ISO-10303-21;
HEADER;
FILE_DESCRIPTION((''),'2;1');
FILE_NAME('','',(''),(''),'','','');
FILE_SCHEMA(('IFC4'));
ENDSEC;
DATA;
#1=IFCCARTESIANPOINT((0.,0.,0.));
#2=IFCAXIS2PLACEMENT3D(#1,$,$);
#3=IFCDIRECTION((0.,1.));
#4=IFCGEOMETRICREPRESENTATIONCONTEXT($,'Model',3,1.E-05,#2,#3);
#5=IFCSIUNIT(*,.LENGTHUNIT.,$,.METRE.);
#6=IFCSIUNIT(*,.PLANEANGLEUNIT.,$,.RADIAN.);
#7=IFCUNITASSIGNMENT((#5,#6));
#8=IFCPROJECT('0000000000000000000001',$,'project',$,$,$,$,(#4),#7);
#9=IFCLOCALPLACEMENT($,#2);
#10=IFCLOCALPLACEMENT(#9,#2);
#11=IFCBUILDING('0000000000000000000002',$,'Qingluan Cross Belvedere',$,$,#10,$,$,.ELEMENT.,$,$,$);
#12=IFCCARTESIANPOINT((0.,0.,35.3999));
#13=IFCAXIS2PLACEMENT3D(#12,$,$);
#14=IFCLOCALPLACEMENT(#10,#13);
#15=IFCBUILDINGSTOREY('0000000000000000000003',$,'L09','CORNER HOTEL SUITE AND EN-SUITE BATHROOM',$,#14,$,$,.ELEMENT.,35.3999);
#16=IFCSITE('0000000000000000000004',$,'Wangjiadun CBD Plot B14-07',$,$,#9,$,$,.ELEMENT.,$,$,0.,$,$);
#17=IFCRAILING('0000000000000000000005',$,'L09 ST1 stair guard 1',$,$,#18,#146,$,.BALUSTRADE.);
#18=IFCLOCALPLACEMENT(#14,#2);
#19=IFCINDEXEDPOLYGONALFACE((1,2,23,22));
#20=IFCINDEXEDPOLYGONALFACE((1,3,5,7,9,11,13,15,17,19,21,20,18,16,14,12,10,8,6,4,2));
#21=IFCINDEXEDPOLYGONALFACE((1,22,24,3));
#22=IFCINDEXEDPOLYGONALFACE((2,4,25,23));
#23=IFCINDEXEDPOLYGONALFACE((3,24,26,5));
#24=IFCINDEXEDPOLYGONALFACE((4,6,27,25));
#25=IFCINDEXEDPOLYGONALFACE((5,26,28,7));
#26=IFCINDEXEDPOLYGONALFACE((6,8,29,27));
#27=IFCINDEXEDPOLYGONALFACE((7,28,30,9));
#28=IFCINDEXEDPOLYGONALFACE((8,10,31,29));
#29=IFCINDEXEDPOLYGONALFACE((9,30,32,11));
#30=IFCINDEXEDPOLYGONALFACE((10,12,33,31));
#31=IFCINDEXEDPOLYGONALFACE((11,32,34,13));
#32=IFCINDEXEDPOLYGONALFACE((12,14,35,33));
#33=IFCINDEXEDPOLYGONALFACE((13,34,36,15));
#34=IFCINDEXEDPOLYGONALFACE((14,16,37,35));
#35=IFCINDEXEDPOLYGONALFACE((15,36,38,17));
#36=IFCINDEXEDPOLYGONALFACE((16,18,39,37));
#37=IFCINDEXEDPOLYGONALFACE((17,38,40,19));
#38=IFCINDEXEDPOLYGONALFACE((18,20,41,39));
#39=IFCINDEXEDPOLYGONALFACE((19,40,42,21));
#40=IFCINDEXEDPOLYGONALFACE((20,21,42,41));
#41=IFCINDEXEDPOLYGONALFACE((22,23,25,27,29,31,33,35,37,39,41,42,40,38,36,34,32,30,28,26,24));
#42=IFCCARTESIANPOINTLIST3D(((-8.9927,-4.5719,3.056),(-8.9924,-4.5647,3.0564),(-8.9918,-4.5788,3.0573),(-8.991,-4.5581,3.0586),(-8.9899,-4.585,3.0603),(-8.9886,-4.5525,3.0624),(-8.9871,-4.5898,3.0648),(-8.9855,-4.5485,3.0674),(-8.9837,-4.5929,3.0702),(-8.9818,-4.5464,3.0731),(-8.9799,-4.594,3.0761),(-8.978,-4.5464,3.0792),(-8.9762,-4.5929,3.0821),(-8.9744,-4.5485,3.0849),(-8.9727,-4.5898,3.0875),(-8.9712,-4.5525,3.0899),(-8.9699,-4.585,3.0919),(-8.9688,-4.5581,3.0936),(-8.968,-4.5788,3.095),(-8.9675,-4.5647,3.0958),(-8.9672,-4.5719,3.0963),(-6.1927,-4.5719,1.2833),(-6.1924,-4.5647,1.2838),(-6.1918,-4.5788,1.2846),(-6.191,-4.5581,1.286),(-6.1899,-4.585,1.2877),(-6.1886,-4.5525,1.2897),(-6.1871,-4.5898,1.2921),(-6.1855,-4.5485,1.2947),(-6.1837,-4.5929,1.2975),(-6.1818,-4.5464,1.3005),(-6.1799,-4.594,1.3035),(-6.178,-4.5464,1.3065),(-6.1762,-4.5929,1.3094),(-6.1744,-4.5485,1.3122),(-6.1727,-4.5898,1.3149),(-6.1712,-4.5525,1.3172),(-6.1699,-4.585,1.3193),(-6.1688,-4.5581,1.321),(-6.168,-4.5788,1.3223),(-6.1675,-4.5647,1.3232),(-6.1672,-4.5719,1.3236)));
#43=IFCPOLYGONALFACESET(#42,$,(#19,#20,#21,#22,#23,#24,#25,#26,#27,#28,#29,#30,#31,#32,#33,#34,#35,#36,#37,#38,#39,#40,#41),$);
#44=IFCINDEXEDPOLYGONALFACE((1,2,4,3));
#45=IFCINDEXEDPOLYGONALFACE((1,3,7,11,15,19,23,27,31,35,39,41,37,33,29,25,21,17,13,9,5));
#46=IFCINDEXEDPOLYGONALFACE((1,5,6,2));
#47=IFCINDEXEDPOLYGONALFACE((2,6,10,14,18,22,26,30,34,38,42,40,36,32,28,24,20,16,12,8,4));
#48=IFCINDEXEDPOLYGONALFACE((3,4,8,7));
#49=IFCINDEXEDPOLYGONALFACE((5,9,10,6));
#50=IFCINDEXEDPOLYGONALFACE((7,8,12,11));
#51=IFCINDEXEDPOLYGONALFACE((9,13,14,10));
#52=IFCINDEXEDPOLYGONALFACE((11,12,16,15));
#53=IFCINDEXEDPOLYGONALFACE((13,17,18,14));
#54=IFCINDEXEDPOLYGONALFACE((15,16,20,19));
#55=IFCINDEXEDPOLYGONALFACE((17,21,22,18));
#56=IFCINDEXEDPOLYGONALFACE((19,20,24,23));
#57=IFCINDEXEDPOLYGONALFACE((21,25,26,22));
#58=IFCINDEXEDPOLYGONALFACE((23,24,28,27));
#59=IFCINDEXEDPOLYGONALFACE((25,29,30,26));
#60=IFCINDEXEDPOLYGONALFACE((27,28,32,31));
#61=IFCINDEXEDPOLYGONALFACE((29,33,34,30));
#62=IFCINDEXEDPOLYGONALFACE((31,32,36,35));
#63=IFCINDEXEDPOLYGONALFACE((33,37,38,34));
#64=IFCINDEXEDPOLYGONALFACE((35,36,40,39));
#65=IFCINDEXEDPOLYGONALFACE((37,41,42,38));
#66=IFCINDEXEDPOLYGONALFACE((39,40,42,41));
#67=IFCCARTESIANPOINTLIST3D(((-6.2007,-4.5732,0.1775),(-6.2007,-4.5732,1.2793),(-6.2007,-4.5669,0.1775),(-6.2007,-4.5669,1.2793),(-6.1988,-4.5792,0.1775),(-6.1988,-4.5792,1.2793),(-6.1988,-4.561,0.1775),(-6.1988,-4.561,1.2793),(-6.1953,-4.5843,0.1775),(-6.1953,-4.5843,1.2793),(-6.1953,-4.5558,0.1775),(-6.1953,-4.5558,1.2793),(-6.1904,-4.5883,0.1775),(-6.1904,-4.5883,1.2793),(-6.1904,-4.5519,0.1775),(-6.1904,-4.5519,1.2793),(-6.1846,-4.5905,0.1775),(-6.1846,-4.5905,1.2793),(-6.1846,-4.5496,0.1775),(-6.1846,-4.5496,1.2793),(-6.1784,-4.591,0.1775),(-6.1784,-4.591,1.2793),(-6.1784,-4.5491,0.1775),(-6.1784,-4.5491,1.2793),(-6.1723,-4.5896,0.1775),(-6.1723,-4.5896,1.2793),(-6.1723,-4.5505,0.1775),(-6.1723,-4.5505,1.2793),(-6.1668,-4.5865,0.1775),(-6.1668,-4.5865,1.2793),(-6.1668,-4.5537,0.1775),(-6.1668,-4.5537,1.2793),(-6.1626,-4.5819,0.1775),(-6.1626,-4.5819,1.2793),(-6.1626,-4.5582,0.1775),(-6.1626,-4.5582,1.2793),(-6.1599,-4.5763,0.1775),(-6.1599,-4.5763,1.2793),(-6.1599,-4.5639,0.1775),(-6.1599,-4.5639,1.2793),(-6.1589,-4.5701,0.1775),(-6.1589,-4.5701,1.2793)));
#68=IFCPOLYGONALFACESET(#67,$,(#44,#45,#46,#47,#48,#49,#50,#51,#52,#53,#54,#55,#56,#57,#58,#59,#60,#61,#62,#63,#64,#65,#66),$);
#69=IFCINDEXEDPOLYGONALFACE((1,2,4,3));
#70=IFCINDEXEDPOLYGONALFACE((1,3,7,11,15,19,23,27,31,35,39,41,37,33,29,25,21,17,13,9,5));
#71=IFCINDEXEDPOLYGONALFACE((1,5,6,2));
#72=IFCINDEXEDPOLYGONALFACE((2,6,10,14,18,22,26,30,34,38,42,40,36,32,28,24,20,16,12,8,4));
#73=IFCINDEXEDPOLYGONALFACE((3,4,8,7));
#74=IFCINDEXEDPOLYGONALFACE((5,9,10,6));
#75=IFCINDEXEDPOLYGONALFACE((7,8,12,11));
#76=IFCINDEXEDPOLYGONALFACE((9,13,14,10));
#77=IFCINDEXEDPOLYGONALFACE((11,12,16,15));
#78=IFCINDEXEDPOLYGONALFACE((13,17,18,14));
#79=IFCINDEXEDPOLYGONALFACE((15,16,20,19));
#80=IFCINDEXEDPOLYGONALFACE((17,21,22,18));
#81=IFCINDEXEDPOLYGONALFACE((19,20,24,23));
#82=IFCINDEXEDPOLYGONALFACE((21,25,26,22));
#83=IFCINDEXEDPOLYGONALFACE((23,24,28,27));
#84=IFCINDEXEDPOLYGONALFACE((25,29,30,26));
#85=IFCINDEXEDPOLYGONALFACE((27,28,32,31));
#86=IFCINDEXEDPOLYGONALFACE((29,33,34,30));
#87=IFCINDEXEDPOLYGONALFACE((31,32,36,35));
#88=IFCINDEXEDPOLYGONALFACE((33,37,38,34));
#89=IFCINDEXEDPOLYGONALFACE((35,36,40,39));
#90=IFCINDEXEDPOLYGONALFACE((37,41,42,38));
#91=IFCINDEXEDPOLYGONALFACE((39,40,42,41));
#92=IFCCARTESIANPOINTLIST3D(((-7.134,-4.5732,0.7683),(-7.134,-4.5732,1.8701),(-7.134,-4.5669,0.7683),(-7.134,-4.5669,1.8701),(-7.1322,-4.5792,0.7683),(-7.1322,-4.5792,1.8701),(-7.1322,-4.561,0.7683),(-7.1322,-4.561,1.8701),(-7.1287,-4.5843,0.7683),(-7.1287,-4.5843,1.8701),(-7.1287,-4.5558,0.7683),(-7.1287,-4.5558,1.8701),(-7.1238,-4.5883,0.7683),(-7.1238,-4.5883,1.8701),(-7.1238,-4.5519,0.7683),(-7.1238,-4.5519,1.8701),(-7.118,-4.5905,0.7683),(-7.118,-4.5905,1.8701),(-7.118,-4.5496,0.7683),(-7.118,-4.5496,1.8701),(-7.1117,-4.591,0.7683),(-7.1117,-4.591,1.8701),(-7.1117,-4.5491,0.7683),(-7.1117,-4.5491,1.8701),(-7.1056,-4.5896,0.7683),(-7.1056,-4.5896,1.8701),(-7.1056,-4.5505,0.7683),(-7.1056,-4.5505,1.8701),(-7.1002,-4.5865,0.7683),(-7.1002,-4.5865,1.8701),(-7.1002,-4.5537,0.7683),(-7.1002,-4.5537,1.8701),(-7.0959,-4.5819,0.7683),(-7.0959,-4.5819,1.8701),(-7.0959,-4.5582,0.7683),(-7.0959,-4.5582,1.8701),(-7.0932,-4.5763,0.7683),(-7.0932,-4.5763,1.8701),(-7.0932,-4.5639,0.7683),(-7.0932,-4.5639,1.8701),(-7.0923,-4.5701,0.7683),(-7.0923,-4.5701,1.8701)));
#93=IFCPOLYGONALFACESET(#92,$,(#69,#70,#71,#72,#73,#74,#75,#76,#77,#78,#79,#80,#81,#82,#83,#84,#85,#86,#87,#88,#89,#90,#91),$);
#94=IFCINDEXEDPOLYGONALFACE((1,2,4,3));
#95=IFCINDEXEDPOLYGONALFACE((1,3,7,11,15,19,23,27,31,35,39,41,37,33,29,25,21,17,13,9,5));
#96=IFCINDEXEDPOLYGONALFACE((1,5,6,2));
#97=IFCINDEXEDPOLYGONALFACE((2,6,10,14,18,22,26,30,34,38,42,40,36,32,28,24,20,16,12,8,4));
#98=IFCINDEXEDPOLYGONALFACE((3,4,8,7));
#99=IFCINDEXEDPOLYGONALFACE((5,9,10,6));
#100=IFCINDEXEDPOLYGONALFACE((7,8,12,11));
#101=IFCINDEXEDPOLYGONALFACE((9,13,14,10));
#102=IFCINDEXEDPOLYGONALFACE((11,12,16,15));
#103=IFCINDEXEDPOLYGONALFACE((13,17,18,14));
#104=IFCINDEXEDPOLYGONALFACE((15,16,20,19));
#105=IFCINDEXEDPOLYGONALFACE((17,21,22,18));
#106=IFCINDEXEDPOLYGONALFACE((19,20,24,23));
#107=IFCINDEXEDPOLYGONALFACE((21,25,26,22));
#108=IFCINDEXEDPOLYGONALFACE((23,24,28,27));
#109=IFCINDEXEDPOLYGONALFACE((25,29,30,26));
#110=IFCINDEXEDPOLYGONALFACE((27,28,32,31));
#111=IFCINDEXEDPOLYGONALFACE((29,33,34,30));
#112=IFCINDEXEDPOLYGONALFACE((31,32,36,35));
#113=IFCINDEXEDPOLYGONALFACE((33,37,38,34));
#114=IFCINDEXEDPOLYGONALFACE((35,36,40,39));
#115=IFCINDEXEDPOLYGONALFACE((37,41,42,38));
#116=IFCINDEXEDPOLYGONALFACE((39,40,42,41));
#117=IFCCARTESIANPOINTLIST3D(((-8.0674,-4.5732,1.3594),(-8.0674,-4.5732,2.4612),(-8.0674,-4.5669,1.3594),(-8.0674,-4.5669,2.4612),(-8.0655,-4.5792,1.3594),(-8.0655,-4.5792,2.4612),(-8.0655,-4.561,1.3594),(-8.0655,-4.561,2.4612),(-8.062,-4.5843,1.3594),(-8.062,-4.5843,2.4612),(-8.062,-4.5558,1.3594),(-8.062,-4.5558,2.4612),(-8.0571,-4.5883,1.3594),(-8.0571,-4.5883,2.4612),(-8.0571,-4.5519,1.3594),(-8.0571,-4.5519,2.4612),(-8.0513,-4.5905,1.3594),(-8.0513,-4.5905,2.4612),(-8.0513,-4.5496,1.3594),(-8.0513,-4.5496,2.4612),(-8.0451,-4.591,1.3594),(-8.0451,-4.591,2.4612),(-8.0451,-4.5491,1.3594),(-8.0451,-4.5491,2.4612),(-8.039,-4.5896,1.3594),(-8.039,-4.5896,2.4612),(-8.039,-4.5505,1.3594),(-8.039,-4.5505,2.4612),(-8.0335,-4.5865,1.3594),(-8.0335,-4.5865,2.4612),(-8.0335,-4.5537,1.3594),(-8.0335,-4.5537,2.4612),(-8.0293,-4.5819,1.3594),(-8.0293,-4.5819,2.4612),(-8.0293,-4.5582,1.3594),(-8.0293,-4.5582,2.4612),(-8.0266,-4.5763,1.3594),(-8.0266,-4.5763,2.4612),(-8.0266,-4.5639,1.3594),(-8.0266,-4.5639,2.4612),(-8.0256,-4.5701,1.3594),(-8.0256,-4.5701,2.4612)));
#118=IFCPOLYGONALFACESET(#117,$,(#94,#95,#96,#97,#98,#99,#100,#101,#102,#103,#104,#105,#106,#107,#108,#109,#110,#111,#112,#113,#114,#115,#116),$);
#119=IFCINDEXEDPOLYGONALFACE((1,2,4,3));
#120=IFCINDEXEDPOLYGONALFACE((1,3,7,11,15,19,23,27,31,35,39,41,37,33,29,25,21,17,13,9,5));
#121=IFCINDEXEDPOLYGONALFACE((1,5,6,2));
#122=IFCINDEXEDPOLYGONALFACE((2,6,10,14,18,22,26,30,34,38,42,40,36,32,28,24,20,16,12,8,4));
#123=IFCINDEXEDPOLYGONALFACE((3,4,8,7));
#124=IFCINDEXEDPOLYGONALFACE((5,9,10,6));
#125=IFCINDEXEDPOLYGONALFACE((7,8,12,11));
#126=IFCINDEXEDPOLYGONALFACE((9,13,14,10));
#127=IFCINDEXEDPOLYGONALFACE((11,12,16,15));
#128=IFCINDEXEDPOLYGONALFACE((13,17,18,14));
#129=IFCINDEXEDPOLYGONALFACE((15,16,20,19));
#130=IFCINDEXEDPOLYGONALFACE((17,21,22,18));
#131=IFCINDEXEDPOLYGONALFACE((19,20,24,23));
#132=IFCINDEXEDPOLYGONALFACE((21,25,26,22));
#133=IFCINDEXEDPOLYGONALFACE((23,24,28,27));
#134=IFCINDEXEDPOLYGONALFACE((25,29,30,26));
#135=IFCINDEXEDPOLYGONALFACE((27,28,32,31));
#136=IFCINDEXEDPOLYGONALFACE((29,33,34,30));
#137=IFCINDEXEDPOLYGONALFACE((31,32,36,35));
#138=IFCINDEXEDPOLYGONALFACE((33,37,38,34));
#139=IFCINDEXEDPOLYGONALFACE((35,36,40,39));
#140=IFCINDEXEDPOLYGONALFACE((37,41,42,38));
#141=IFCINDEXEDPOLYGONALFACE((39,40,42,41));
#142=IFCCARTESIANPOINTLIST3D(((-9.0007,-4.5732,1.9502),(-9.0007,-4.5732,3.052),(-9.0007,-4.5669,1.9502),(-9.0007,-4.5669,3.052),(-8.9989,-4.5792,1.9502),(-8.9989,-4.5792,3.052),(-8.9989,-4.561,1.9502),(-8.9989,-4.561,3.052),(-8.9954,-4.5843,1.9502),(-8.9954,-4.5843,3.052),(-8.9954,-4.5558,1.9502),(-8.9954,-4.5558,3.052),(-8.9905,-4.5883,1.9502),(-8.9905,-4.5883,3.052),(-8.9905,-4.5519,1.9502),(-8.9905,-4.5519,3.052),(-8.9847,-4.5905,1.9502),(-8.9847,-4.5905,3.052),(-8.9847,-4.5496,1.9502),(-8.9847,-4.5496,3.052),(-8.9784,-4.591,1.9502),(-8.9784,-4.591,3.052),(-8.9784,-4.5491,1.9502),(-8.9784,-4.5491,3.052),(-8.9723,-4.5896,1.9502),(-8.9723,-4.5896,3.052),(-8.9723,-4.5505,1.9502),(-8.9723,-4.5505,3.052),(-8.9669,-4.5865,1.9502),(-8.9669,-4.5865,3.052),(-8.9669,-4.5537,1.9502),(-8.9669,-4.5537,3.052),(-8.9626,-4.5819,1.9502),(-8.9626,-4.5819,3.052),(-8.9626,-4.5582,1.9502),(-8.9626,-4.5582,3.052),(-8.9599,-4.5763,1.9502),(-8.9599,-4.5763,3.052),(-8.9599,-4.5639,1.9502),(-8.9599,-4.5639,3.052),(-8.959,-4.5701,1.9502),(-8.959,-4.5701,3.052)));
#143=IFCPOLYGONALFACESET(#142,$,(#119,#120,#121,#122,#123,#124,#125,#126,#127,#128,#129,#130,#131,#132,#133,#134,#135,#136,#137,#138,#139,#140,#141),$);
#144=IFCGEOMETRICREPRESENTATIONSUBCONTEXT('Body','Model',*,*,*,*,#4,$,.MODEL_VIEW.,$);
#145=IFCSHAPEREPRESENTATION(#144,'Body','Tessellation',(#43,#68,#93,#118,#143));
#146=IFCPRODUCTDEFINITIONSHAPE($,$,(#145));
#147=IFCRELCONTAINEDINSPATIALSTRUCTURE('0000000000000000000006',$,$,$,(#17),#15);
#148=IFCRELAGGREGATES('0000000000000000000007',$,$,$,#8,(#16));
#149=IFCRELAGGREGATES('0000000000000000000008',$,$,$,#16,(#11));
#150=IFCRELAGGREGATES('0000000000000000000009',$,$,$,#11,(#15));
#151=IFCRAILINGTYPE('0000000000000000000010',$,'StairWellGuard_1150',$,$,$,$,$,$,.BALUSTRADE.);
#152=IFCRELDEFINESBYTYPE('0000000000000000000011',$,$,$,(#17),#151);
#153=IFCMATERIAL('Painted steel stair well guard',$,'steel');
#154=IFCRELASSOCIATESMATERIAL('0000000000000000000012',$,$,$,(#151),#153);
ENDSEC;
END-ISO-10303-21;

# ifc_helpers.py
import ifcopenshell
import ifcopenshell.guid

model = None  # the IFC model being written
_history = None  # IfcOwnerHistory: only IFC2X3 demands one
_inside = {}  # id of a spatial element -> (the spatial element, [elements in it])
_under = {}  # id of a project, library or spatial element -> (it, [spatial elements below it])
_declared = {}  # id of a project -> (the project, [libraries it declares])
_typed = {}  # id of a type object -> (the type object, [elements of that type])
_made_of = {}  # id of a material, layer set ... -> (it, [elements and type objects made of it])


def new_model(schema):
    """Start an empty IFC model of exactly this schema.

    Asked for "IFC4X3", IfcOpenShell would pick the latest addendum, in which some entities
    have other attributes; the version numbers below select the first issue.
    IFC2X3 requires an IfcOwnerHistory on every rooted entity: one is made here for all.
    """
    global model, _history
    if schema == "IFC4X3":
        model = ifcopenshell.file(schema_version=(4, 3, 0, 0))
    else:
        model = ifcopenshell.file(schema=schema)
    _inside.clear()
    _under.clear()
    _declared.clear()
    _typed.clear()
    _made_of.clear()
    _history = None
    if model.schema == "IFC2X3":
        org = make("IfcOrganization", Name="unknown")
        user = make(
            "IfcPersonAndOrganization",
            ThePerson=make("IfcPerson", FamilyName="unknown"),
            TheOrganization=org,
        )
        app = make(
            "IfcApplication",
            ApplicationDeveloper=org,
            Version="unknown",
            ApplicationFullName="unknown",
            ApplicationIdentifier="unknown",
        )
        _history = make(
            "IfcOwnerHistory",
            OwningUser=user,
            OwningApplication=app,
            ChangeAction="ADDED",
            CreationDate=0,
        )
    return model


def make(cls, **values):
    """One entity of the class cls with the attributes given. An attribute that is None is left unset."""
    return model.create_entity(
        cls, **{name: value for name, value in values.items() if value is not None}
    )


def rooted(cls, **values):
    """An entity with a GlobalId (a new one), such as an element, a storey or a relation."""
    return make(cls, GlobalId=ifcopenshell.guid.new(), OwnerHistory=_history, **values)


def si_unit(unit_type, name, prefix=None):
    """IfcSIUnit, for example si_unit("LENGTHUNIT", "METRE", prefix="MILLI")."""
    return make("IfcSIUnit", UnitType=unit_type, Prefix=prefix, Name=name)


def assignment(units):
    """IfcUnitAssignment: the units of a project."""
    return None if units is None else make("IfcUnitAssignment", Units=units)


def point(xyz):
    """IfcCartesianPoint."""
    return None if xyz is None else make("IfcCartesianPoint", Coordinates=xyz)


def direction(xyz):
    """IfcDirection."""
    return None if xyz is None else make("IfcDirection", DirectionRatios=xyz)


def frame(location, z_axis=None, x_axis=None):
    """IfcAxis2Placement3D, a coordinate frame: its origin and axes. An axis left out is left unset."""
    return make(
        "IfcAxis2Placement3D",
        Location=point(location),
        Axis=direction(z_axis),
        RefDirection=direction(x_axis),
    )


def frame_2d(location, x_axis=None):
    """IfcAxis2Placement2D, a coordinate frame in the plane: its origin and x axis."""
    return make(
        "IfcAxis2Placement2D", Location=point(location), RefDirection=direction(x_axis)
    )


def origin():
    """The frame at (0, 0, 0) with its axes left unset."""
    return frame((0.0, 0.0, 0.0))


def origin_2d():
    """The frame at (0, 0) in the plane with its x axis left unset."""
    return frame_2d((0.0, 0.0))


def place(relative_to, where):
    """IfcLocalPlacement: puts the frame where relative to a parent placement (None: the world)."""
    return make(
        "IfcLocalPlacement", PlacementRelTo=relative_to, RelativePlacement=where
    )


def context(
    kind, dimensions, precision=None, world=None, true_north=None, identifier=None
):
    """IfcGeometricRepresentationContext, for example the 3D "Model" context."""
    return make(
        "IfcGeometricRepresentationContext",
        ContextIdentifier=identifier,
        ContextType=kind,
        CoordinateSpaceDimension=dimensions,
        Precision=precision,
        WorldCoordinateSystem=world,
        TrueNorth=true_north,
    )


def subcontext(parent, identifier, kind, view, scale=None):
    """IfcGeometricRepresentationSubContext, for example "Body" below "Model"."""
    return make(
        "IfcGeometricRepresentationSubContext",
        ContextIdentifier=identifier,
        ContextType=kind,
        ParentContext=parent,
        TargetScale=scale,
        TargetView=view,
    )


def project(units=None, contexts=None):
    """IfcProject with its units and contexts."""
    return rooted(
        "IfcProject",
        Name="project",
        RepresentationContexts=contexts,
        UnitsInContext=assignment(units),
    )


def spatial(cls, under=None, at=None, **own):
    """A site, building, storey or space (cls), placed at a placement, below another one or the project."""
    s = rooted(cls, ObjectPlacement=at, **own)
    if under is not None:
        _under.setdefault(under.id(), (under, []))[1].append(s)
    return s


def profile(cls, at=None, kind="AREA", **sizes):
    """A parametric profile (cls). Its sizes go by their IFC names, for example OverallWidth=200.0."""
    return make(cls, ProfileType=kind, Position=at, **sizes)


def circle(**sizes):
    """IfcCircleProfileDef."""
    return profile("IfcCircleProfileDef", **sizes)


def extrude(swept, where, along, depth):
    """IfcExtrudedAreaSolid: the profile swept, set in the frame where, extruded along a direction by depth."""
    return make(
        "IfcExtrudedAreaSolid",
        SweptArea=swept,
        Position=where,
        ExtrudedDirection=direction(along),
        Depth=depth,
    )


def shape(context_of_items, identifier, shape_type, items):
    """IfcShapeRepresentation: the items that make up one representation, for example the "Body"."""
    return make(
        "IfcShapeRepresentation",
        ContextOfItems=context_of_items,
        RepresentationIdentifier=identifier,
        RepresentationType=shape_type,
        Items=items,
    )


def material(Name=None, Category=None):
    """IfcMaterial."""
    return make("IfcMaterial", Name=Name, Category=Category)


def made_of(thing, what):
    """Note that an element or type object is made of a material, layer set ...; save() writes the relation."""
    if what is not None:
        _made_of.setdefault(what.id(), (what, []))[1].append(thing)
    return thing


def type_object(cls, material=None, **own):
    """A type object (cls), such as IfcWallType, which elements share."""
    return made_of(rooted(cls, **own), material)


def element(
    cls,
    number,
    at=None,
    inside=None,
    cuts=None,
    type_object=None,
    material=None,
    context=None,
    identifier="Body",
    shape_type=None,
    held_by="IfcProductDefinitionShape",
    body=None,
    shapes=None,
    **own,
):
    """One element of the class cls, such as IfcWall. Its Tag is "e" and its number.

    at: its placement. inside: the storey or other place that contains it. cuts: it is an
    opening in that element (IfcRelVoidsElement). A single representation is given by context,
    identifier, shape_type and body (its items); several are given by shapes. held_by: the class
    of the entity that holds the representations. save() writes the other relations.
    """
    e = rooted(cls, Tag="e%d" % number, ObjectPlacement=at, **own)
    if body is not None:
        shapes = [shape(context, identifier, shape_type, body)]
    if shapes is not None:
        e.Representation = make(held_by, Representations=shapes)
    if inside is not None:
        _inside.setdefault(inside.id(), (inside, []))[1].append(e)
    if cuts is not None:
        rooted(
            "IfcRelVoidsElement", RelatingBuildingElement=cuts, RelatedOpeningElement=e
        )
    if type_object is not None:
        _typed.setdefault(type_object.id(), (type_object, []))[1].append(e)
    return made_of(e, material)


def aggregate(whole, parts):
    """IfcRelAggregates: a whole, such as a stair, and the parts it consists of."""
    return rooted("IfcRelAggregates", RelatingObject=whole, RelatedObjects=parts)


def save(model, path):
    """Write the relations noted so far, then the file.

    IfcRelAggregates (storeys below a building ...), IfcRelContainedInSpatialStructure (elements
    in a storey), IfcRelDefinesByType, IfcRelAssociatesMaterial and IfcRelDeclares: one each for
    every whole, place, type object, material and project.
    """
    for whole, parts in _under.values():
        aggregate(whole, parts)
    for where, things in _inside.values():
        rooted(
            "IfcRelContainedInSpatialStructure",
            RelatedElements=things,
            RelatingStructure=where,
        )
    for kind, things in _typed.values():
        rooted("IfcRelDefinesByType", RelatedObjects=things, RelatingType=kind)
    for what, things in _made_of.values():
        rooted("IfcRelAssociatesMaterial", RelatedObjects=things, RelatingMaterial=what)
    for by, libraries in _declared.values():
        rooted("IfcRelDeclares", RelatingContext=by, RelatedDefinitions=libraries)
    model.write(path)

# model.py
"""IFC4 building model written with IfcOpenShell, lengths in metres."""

from ifc_helpers import new_model, si_unit, direction, frame, origin, origin_2d, place, context, subcontext, project, spatial, circle, extrude, material, type_object, element, save


model = new_model("IFC4")

# Units and contexts
model_context = context("Model", 3, precision=1e-05, world=origin(), true_north=direction((0.0, 1.0)))
body_context = subcontext(model_context, "Body", "Model", "MODEL_VIEW")
ifc_project = project(units=[si_unit("LENGTHUNIT", "METRE"), si_unit("PLANEANGLEUNIT", "RADIAN")], contexts=[model_context])

# Site, building, storey
site_placement = place(None, origin())
site = spatial("IfcSite", under=ifc_project, at=site_placement, Name="Wangjiadun CBD Plot B14-07", CompositionType="ELEMENT", RefElevation=0.0)
building_placement = place(site_placement, origin())
building = spatial("IfcBuilding", under=site, at=building_placement, Name="Qingluan Cross Belvedere", CompositionType="ELEMENT")
storey_placement = place(building_placement, frame((0.0, 0.0, 35.3999)))
storey = spatial("IfcBuildingStorey", under=building, at=storey_placement, Name="L09", Description="CORNER HOTEL SUITE AND EN-SUITE BATHROOM", CompositionType="ELEMENT", Elevation=35.3999)

# Railing
ifc_material_1 = material(Name="Painted steel stair well guard", Category="steel")
railing_type_1 = type_object("IfcRailingType", Name="StairWellGuard_1150", PredefinedType="BALUSTRADE", material=ifc_material_1)
railing_1_placement = place(storey_placement, frame((-6.1799, -4.5701, 0.1775)))
element("IfcRailing", 1, at=railing_1_placement, inside=storey, type_object=railing_type_1, Name="L09 ST1 stair guard 1", PredefinedType="BALUSTRADE", context=body_context, shape_type="SweptSolid", body=[
    extrude(circle(Radius=0.0239, at=origin_2d()), frame((0.0, 0.0, 1.126), z_axis=(-0.844909, 0.0, 0.53491), x_axis=(0.0, -1.0, 0.0)), (0.0, 0.0, 1.0), 3.314),
    extrude(circle(Radius=0.021, at=origin_2d()), origin(), (0.0, 0.0, 1.0), 1.1018),
    extrude(circle(Radius=0.021, at=origin_2d()), frame((-0.9333, 0.0, 0.5908)), (0.0, 0.0, 1.0), 1.1018),
    extrude(circle(Radius=0.021, at=origin_2d()), frame((-1.8667, 0.0, 1.1819)), (0.0, 0.0, 1.0), 1.1018),
    extrude(circle(Radius=0.021, at=origin_2d()), frame((-2.8, 0.0, 1.7727)), (0.0, 0.0, 1.0), 1.1018),
])

save(model, "model.ifc")
